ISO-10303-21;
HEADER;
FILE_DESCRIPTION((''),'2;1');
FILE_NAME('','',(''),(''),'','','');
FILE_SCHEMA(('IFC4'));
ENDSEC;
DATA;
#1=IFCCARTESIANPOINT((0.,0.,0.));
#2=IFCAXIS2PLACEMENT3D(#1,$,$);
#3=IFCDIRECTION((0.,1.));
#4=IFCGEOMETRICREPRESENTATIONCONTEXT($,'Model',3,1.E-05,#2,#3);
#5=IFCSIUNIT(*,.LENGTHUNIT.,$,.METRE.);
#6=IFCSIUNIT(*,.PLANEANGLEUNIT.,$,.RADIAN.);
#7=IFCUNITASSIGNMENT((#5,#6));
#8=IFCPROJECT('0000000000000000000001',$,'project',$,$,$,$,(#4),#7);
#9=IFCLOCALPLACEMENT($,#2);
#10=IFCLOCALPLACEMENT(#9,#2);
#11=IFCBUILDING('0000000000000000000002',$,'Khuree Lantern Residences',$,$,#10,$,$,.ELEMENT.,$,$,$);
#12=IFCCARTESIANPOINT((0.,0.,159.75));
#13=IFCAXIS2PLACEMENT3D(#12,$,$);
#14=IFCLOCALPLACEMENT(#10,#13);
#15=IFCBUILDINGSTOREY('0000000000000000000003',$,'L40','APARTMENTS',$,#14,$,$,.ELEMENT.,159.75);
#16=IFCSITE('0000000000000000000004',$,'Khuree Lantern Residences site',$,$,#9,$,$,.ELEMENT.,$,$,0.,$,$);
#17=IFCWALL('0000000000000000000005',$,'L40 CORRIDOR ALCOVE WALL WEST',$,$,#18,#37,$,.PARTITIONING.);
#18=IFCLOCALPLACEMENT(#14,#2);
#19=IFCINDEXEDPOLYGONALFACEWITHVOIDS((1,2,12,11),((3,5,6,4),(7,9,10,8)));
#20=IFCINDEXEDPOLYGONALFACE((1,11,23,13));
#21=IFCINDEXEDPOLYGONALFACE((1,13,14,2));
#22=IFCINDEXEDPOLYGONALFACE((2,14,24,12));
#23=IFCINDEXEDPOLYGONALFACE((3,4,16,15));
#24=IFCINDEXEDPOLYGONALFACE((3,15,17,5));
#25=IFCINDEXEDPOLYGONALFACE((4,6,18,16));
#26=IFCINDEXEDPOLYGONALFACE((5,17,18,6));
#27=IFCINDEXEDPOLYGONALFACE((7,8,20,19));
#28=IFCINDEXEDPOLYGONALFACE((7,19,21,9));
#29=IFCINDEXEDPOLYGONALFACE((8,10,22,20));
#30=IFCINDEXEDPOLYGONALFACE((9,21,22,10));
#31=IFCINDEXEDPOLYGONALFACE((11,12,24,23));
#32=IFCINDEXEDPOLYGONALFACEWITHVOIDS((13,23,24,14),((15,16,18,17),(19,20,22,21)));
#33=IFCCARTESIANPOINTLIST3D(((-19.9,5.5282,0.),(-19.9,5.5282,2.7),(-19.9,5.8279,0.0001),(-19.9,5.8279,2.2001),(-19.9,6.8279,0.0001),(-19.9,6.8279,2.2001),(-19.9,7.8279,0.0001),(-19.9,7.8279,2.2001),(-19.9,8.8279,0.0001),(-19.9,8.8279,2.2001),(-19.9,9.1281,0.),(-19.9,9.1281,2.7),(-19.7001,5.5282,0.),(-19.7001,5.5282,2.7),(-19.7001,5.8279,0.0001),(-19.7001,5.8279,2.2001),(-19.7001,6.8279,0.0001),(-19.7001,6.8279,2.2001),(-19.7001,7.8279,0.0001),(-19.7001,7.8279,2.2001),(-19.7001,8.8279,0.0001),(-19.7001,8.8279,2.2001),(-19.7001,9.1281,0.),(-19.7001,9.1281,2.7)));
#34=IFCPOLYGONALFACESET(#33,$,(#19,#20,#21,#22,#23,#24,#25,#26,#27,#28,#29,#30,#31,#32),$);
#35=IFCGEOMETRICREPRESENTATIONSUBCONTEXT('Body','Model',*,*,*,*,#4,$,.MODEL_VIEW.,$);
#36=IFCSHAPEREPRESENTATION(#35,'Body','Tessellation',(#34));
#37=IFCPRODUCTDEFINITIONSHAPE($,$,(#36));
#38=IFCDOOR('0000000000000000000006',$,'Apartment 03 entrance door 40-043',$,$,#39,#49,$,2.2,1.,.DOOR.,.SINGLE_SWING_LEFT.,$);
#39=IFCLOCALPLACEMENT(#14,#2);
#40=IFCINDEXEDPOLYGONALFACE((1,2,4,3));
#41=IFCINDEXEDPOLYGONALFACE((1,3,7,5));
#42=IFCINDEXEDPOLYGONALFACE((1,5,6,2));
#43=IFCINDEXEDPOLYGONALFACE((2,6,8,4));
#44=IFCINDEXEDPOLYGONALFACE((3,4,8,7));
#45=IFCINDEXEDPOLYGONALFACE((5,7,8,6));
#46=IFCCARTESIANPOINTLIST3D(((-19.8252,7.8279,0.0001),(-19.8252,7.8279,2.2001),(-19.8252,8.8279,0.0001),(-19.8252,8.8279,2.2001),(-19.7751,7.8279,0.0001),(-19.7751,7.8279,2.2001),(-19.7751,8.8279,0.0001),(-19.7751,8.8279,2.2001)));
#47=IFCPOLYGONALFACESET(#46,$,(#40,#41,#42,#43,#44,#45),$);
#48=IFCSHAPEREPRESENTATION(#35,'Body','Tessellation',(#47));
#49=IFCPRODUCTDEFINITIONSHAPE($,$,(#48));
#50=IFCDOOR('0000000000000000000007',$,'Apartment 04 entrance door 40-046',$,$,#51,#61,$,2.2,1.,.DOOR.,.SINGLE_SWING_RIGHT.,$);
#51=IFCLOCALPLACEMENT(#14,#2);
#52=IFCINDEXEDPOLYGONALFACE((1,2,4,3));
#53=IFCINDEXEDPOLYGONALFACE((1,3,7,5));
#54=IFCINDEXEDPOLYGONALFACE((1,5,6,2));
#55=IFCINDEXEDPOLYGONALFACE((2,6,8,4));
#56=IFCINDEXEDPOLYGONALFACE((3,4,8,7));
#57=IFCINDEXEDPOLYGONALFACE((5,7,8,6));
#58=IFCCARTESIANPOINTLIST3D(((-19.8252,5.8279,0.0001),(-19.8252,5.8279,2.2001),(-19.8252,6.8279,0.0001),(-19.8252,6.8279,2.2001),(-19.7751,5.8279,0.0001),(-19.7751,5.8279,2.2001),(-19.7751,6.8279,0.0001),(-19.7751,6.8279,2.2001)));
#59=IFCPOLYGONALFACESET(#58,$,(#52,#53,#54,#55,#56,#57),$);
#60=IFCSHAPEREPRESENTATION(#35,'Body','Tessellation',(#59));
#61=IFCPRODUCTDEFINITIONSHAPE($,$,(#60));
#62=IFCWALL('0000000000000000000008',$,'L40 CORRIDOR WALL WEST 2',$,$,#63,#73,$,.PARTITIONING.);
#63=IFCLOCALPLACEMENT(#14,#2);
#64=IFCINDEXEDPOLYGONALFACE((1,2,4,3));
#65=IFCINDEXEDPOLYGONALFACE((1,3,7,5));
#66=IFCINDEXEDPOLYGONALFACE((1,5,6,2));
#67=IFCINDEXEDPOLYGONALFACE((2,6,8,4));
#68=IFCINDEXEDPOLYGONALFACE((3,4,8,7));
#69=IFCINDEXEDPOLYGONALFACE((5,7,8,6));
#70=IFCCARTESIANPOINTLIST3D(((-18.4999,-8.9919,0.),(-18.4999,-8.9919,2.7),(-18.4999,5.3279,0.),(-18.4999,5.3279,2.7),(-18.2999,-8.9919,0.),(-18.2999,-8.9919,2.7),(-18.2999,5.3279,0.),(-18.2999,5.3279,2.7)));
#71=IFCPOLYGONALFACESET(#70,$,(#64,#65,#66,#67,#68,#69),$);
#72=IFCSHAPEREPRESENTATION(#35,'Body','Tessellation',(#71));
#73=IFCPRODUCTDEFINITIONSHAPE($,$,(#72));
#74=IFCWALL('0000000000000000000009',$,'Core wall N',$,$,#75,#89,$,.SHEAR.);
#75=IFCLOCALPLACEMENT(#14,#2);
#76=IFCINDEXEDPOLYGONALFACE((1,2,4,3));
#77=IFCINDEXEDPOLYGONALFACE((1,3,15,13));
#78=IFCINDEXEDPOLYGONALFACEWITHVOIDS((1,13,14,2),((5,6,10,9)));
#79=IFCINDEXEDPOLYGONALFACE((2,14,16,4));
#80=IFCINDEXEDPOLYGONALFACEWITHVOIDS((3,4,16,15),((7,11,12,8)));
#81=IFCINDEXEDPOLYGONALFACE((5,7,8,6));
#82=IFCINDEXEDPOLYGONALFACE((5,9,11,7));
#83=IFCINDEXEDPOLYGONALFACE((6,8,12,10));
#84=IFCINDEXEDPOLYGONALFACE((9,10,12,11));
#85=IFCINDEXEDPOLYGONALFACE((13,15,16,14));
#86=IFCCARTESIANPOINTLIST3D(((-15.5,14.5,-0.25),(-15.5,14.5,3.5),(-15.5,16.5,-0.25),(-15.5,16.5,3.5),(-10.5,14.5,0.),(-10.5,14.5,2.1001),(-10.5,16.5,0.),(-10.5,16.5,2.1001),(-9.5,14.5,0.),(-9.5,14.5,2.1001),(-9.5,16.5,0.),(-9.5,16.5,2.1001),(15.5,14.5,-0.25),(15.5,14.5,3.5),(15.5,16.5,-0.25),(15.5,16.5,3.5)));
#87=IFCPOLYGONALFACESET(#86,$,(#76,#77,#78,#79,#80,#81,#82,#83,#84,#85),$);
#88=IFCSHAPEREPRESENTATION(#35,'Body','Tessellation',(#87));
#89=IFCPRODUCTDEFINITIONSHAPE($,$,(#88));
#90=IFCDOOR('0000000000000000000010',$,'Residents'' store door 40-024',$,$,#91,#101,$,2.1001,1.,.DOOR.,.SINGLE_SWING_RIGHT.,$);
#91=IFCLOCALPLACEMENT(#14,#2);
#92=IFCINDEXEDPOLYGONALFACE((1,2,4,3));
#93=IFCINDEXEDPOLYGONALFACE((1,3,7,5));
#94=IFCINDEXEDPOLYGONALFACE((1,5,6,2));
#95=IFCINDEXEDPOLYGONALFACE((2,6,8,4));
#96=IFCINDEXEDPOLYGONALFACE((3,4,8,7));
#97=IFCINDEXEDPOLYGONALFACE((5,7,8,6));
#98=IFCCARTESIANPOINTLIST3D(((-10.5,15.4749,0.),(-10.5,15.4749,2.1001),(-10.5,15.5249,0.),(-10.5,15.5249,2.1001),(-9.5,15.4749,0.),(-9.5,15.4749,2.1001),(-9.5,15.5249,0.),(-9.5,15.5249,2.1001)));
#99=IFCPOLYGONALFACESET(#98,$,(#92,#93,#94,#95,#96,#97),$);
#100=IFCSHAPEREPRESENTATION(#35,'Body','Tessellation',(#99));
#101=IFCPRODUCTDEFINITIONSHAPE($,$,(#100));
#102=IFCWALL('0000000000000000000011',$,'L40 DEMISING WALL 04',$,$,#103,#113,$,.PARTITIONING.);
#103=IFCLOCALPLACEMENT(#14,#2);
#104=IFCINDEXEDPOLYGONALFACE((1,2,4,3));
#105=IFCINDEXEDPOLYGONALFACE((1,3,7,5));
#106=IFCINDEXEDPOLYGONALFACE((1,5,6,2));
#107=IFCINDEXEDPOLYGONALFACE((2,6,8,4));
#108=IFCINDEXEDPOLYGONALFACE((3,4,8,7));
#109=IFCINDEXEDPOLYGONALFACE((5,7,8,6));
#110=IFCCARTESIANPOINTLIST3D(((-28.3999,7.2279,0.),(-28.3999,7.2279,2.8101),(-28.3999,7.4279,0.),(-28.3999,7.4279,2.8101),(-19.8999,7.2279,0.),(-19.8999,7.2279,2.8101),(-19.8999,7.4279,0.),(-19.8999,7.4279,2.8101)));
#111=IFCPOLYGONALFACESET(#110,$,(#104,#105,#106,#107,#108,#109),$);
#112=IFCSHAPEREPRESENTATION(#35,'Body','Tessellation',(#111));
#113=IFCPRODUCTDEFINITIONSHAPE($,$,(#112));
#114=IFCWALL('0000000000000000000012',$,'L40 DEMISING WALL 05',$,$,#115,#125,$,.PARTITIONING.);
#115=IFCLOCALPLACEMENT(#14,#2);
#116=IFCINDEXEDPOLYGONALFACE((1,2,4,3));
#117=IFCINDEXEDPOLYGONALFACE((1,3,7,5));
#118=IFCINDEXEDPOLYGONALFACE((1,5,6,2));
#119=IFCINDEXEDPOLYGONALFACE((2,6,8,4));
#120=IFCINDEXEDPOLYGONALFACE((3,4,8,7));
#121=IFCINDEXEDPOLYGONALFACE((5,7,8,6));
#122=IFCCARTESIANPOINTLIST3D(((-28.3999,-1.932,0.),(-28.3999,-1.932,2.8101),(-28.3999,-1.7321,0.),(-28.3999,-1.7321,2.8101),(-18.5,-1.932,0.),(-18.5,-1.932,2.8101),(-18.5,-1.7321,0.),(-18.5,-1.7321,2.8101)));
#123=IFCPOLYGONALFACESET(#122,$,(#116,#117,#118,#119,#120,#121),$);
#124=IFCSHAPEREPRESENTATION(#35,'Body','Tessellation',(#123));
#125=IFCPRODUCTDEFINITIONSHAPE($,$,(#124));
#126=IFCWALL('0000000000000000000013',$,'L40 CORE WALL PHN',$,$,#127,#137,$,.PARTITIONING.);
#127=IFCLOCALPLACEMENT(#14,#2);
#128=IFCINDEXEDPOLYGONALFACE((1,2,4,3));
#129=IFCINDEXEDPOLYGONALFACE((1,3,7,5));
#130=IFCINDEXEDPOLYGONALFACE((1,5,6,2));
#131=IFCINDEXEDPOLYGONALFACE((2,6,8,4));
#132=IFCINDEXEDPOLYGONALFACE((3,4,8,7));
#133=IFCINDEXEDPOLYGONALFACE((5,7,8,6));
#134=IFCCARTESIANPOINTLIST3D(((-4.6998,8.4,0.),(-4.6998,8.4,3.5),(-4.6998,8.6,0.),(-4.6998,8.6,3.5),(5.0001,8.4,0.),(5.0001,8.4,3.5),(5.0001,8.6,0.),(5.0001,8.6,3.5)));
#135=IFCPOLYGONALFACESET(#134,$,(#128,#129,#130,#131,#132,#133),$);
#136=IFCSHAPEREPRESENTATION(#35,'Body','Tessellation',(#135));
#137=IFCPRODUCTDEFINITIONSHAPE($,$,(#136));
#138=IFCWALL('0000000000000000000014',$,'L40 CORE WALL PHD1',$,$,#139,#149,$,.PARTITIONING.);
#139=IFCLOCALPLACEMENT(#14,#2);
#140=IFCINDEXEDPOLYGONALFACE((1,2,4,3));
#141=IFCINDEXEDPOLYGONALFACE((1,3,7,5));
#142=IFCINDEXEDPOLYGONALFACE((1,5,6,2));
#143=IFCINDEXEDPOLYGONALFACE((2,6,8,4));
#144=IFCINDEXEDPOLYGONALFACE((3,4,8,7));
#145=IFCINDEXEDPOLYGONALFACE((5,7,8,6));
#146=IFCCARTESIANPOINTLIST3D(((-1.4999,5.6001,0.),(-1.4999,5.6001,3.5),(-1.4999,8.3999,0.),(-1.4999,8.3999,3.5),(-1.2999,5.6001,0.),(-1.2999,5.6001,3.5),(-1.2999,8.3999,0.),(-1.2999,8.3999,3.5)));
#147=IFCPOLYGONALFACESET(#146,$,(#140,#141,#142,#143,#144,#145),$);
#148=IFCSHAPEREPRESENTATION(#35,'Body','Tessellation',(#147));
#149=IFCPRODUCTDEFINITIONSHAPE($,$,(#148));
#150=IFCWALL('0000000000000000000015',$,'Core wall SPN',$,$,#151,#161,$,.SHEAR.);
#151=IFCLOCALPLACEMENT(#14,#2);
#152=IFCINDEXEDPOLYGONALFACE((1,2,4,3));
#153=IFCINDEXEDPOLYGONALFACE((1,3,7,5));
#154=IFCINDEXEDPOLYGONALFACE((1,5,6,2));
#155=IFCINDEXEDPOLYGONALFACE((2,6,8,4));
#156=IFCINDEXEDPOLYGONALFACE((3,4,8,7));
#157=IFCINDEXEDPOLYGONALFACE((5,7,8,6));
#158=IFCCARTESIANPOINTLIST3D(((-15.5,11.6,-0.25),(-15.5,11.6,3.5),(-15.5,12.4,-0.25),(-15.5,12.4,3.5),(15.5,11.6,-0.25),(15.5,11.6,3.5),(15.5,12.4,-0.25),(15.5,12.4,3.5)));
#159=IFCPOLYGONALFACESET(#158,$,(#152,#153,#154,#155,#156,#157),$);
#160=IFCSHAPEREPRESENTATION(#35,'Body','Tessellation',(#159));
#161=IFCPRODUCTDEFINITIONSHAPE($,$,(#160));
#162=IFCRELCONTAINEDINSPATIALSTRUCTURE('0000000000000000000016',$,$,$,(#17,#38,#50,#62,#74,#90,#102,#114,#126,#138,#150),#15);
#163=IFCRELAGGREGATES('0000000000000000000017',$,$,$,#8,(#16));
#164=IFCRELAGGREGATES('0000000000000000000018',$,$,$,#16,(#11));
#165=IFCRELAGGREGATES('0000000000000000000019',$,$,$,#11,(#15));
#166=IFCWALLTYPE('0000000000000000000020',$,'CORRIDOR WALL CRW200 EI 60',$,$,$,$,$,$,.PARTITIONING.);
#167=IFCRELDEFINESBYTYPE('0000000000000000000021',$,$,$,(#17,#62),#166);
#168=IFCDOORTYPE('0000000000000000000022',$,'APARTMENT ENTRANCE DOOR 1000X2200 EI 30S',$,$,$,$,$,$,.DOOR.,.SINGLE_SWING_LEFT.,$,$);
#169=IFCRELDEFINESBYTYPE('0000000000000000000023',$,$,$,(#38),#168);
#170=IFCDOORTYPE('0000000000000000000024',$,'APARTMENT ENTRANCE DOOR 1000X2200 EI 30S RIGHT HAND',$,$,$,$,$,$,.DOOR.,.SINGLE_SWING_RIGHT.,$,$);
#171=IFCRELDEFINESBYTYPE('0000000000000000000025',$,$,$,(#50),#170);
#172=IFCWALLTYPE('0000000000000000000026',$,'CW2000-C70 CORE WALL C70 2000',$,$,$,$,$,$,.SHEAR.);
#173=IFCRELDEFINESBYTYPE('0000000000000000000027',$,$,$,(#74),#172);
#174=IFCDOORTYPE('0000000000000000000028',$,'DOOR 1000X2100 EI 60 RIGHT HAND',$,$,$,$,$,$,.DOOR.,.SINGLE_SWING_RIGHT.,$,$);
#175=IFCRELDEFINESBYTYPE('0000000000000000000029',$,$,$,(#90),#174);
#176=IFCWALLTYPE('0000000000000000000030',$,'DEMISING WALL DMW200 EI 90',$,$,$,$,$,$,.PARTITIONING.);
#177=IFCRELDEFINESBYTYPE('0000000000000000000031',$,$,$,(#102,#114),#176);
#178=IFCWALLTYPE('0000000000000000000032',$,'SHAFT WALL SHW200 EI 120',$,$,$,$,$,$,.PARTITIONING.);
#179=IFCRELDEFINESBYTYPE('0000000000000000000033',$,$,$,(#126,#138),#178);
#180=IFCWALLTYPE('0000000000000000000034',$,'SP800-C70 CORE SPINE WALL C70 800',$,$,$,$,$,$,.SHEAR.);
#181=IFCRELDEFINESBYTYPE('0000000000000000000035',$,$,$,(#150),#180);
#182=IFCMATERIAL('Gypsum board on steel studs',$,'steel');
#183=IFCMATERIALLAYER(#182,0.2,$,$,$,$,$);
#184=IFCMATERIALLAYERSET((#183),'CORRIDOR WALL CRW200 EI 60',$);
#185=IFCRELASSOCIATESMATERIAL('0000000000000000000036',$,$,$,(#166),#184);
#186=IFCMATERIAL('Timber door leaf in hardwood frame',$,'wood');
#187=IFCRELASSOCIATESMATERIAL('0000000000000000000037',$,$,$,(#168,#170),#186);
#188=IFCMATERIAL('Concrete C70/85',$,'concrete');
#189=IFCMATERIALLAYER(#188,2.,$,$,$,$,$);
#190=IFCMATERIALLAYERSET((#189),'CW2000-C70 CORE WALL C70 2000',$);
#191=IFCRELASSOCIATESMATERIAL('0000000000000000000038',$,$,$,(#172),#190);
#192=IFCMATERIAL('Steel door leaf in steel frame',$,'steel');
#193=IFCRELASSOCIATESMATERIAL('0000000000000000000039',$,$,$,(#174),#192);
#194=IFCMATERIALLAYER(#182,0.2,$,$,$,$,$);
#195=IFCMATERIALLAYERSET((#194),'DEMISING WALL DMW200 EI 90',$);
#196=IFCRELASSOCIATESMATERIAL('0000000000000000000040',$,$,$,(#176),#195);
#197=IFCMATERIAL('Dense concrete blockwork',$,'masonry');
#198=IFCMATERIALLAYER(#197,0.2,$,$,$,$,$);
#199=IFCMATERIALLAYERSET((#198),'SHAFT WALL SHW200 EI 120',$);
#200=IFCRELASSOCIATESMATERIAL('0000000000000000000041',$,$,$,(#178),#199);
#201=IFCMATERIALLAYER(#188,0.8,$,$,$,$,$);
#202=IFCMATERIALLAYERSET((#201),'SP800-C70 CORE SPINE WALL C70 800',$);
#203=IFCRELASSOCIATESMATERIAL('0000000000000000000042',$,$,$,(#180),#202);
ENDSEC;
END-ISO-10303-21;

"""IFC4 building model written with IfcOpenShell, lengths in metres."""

from ifc_helpers import new_model, si_unit, direction, frame, frame_2d, origin, place, context, subcontext, project, spatial, rectangle, extrude, material, layer, layer_set, type_object, element, fill, save


model = new_model("IFC4")

# Units and contexts
model_context = context("Model", 3, precision=1e-05, world=origin(), true_north=direction((0.0, 1.0)))
body_context = subcontext(model_context, "Body", "Model", "MODEL_VIEW")
ifc_project = project(units=[si_unit("LENGTHUNIT", "METRE"), si_unit("PLANEANGLEUNIT", "RADIAN")], contexts=[model_context])

# Site, building, storey
site_placement = place(None, origin())
site = spatial("IfcSite", under=ifc_project, at=site_placement, Name="Khuree Lantern Residences site", CompositionType="ELEMENT", RefElevation=0.0)
building_placement = place(site_placement, origin())
building = spatial("IfcBuilding", under=site, at=building_placement, Name="Khuree Lantern Residences", CompositionType="ELEMENT")
storey_placement = place(building_placement, frame((0.0, 0.0, 159.75)))
storey = spatial("IfcBuildingStorey", under=building, at=storey_placement, Name="L40", Description="APARTMENTS", CompositionType="ELEMENT", Elevation=159.75)

# Shared definitions
ifc_material_1 = material(Name="Concrete C70/85", Category="concrete")

# Shared definitions
ifc_material_2 = material(Name="Dense concrete blockwork", Category="masonry")

# Shared definitions
ifc_material_3 = material(Name="Steel door leaf in steel frame", Category="steel")
ifc_material_4 = material(Name="Timber door leaf in hardwood frame", Category="wood")

# Shared definitions
ifc_material_5 = material(Name="Gypsum board on steel studs", Category="steel")
ifc_layer_1 = layer(ifc_material_5, 0.2)
ifc_layer_set_1 = layer_set([ifc_layer_1], Name="CORRIDOR WALL CRW200 EI 60")
wall_type_1 = type_object("IfcWallType", Name="CORRIDOR WALL CRW200 EI 60", PredefinedType="PARTITIONING", material=ifc_layer_set_1)

# Wall, openings, doors
wall_1_placement = place(storey_placement, frame((-19.8, 9.1279, 0.0), z_axis=(0.0, 0.0, 1.0), x_axis=(0.0, -1.0, 0.0)))
wall_1 = element("IfcWall", 1, at=wall_1_placement, inside=storey, type_object=wall_type_1, Name="L40 CORRIDOR ALCOVE WALL WEST", PredefinedType="PARTITIONING", context=body_context, shape_type="SweptSolid", body=[
    extrude(rectangle(XDim=3.5999, YDim=0.2, at=frame_2d((1.7998, 0.0))), origin(), (0.0, 0.0, 1.0), 2.7),
])
opening_1_placement = place(wall_1_placement, frame((0.3, 0.0, 0.0)))
opening_1 = element("IfcOpeningElement", 2, at=opening_1_placement, cuts=wall_1, PredefinedType="OPENING", context=body_context, shape_type="SweptSolid", body=[
    extrude(rectangle(XDim=1.0, YDim=2.2, at=frame_2d((0.5, 1.1001))), frame((0.0, 0.1099, 0.0), z_axis=(0.0, -1.0, 0.0), x_axis=(1.0, 0.0, 0.0)), (0.0, 0.0, 1.0), 0.22),
])
opening_2_placement = place(wall_1_placement, frame((2.3, 0.0, 0.0)))
opening_2 = element("IfcOpeningElement", 3, at=opening_2_placement, cuts=wall_1, PredefinedType="OPENING", context=body_context, shape_type="SweptSolid", body=[
    extrude(rectangle(XDim=1.0, YDim=2.2, at=frame_2d((0.5, 1.1001))), frame((0.0, 0.1099, 0.0), z_axis=(0.0, -1.0, 0.0), x_axis=(1.0, 0.0, 0.0)), (0.0, 0.0, 1.0), 0.22),
])
door_type_1 = type_object("IfcDoorType", Name="APARTMENT ENTRANCE DOOR 1000X2200 EI 30S", OperationType="SINGLE_SWING_LEFT", PredefinedType="DOOR", material=ifc_material_4)
door_1_placement = place(opening_1_placement, origin())
door_1 = element("IfcDoor", 4, at=door_1_placement, inside=storey, type_object=door_type_1, Name="Apartment 03 entrance door 40-043", OperationType="SINGLE_SWING_LEFT", OverallHeight=2.2, OverallWidth=1.0, PredefinedType="DOOR", context=body_context, shape_type="SweptSolid", body=[
    extrude(rectangle(XDim=1.0, YDim=2.2, at=frame_2d((0.5, 1.1001))), frame((0.0, 0.0249, 0.0), z_axis=(0.0, -1.0, 0.0), x_axis=(1.0, 0.0, 0.0)), (0.0, 0.0, 1.0), 0.05),
])
fill(opening_1, door_1)
door_type_2 = type_object("IfcDoorType", Name="APARTMENT ENTRANCE DOOR 1000X2200 EI 30S RIGHT HAND", OperationType="SINGLE_SWING_RIGHT", PredefinedType="DOOR", material=ifc_material_4)
door_2_placement = place(opening_2_placement, origin())
door_2 = element("IfcDoor", 5, at=door_2_placement, inside=storey, type_object=door_type_2, Name="Apartment 04 entrance door 40-046", OperationType="SINGLE_SWING_RIGHT", OverallHeight=2.2, OverallWidth=1.0, PredefinedType="DOOR", context=body_context, shape_type="SweptSolid", body=[
    extrude(rectangle(XDim=1.0, YDim=2.2, at=frame_2d((0.5, 1.1001))), frame((0.0, 0.0249, 0.0), z_axis=(0.0, -1.0, 0.0), x_axis=(1.0, 0.0, 0.0)), (0.0, 0.0, 1.0), 0.05),
])
fill(opening_2, door_2)

# Wall
wall_2_placement = place(storey_placement, frame((-18.3999, 5.3279, 0.0), z_axis=(0.0, 0.0, 1.0), x_axis=(0.0, -1.0, 0.0)))
element("IfcWall", 6, at=wall_2_placement, inside=storey, type_object=wall_type_1, Name="L40 CORRIDOR WALL WEST 2", PredefinedType="PARTITIONING", context=body_context, shape_type="SweptSolid", body=[
    extrude(rectangle(XDim=14.3198, YDim=0.2, at=frame_2d((7.1599, 0.0))), origin(), (0.0, 0.0, 1.0), 2.7),
])

# Wall, opening, door
ifc_layer_2 = layer(ifc_material_1, 2.0)
ifc_layer_set_2 = layer_set([ifc_layer_2], Name="CW2000-C70 CORE WALL C70 2000")
wall_type_2 = type_object("IfcWallType", Name="CW2000-C70 CORE WALL C70 2000", PredefinedType="SHEAR", material=ifc_layer_set_2)
wall_3_placement = place(storey_placement, frame((-15.5, 15.5, -0.25), z_axis=(0.0, 0.0, 1.0), x_axis=(1.0, 0.0, 0.0)))
wall_3 = element("IfcWall", 7, at=wall_3_placement, inside=storey, type_object=wall_type_2, Name="Core wall N", PredefinedType="SHEAR", context=body_context, shape_type="SweptSolid", body=[
    extrude(rectangle(XDim=31.0, YDim=2.0, at=frame_2d((15.5, 0.0))), origin(), (0.0, 0.0, 1.0), 3.75),
])
opening_3_placement = place(wall_3_placement, frame((5.0, 0.0, 0.25)))
opening_3 = element("IfcOpeningElement", 8, at=opening_3_placement, cuts=wall_3, PredefinedType="OPENING", context=body_context, shape_type="SweptSolid", body=[
    extrude(rectangle(XDim=1.0, YDim=2.1001, at=frame_2d((0.5, 1.05))), frame((0.0, 1.01, 0.0), z_axis=(0.0, -1.0, 0.0), x_axis=(1.0, 0.0, 0.0)), (0.0, 0.0, 1.0), 2.02),
])
door_type_3 = type_object("IfcDoorType", Name="DOOR 1000X2100 EI 60 RIGHT HAND", OperationType="SINGLE_SWING_RIGHT", PredefinedType="DOOR", material=ifc_material_3)
door_3_placement = place(opening_3_placement, origin())
door_3 = element("IfcDoor", 9, at=door_3_placement, inside=storey, type_object=door_type_3, Name="Residents' store door 40-024", OperationType="SINGLE_SWING_RIGHT", OverallHeight=2.1001, OverallWidth=1.0, PredefinedType="DOOR", context=body_context, shape_type="SweptSolid", body=[
    extrude(rectangle(XDim=1.0, YDim=2.1001, at=frame_2d((0.5, 1.05))), frame((0.0, 0.0249, 0.0), z_axis=(0.0, -1.0, 0.0), x_axis=(1.0, 0.0, 0.0)), (0.0, 0.0, 1.0), 0.05),
])
fill(opening_3, door_3)

# Walls
ifc_layer_3 = layer(ifc_material_5, 0.2)
ifc_layer_set_3 = layer_set([ifc_layer_3], Name="DEMISING WALL DMW200 EI 90")
wall_type_3 = type_object("IfcWallType", Name="DEMISING WALL DMW200 EI 90", PredefinedType="PARTITIONING", material=ifc_layer_set_3)
wall_4_placement = place(storey_placement, frame((-19.8999, 7.3279, 0.0), z_axis=(0.0, 0.0, 1.0), x_axis=(-1.0, 0.0, 0.0)))
element("IfcWall", 10, at=wall_4_placement, inside=storey, type_object=wall_type_3, Name="L40 DEMISING WALL 04", PredefinedType="PARTITIONING", context=body_context, shape_type="SweptSolid", body=[
    extrude(rectangle(XDim=8.5, YDim=0.2, at=frame_2d((4.25, 0.0))), origin(), (0.0, 0.0, 1.0), 2.8101),
])
wall_5_placement = place(storey_placement, frame((-18.5, -1.832, 0.0), z_axis=(0.0, 0.0, 1.0), x_axis=(-1.0, 0.0, 0.0)))
element("IfcWall", 11, at=wall_5_placement, inside=storey, type_object=wall_type_3, Name="L40 DEMISING WALL 05", PredefinedType="PARTITIONING", context=body_context, shape_type="SweptSolid", body=[
    extrude(rectangle(XDim=9.8999, YDim=0.2, at=frame_2d((4.95, 0.0))), origin(), (0.0, 0.0, 1.0), 2.8101),
])
ifc_layer_4 = layer(ifc_material_2, 0.2)
ifc_layer_set_4 = layer_set([ifc_layer_4], Name="SHAFT WALL SHW200 EI 120")
wall_type_4 = type_object("IfcWallType", Name="SHAFT WALL SHW200 EI 120", PredefinedType="PARTITIONING", material=ifc_layer_set_4)
wall_6_placement = place(storey_placement, frame((-4.7, 8.5, 0.0), z_axis=(0.0, 0.0, 1.0), x_axis=(1.0, 0.0, 0.0)))
element("IfcWall", 12, at=wall_6_placement, inside=storey, type_object=wall_type_4, Name="L40 CORE WALL PHN", PredefinedType="PARTITIONING", context=body_context, shape_type="SweptSolid", body=[
    extrude(rectangle(XDim=9.7, YDim=0.2, at=frame_2d((4.8501, 0.0))), origin(), (0.0, 0.0, 1.0), 3.5),
])
wall_7_placement = place(storey_placement, frame((-1.3999, 5.6001, 0.0), z_axis=(0.0, 0.0, 1.0), x_axis=(0.0, 1.0, 0.0)))
element("IfcWall", 13, at=wall_7_placement, inside=storey, type_object=wall_type_4, Name="L40 CORE WALL PHD1", PredefinedType="PARTITIONING", context=body_context, shape_type="SweptSolid", body=[
    extrude(rectangle(XDim=2.7998, YDim=0.2, at=frame_2d((1.3999, 0.0))), origin(), (0.0, 0.0, 1.0), 3.5),
])
ifc_layer_5 = layer(ifc_material_1, 0.8)
ifc_layer_set_5 = layer_set([ifc_layer_5], Name="SP800-C70 CORE SPINE WALL C70 800")
wall_type_5 = type_object("IfcWallType", Name="SP800-C70 CORE SPINE WALL C70 800", PredefinedType="SHEAR", material=ifc_layer_set_5)
wall_8_placement = place(storey_placement, frame((-15.5, 12.0, -0.25), z_axis=(0.0, 0.0, 1.0), x_axis=(1.0, 0.0, 0.0)))
element("IfcWall", 14, at=wall_8_placement, inside=storey, type_object=wall_type_5, Name="Core wall SPN", PredefinedType="SHEAR", context=body_context, shape_type="SweptSolid", body=[
    extrude(rectangle(XDim=31.0, YDim=0.8, at=frame_2d((15.5, 0.0))), origin(), (0.0, 0.0, 1.0), 3.75),
])

save(model, "model.ifc")
